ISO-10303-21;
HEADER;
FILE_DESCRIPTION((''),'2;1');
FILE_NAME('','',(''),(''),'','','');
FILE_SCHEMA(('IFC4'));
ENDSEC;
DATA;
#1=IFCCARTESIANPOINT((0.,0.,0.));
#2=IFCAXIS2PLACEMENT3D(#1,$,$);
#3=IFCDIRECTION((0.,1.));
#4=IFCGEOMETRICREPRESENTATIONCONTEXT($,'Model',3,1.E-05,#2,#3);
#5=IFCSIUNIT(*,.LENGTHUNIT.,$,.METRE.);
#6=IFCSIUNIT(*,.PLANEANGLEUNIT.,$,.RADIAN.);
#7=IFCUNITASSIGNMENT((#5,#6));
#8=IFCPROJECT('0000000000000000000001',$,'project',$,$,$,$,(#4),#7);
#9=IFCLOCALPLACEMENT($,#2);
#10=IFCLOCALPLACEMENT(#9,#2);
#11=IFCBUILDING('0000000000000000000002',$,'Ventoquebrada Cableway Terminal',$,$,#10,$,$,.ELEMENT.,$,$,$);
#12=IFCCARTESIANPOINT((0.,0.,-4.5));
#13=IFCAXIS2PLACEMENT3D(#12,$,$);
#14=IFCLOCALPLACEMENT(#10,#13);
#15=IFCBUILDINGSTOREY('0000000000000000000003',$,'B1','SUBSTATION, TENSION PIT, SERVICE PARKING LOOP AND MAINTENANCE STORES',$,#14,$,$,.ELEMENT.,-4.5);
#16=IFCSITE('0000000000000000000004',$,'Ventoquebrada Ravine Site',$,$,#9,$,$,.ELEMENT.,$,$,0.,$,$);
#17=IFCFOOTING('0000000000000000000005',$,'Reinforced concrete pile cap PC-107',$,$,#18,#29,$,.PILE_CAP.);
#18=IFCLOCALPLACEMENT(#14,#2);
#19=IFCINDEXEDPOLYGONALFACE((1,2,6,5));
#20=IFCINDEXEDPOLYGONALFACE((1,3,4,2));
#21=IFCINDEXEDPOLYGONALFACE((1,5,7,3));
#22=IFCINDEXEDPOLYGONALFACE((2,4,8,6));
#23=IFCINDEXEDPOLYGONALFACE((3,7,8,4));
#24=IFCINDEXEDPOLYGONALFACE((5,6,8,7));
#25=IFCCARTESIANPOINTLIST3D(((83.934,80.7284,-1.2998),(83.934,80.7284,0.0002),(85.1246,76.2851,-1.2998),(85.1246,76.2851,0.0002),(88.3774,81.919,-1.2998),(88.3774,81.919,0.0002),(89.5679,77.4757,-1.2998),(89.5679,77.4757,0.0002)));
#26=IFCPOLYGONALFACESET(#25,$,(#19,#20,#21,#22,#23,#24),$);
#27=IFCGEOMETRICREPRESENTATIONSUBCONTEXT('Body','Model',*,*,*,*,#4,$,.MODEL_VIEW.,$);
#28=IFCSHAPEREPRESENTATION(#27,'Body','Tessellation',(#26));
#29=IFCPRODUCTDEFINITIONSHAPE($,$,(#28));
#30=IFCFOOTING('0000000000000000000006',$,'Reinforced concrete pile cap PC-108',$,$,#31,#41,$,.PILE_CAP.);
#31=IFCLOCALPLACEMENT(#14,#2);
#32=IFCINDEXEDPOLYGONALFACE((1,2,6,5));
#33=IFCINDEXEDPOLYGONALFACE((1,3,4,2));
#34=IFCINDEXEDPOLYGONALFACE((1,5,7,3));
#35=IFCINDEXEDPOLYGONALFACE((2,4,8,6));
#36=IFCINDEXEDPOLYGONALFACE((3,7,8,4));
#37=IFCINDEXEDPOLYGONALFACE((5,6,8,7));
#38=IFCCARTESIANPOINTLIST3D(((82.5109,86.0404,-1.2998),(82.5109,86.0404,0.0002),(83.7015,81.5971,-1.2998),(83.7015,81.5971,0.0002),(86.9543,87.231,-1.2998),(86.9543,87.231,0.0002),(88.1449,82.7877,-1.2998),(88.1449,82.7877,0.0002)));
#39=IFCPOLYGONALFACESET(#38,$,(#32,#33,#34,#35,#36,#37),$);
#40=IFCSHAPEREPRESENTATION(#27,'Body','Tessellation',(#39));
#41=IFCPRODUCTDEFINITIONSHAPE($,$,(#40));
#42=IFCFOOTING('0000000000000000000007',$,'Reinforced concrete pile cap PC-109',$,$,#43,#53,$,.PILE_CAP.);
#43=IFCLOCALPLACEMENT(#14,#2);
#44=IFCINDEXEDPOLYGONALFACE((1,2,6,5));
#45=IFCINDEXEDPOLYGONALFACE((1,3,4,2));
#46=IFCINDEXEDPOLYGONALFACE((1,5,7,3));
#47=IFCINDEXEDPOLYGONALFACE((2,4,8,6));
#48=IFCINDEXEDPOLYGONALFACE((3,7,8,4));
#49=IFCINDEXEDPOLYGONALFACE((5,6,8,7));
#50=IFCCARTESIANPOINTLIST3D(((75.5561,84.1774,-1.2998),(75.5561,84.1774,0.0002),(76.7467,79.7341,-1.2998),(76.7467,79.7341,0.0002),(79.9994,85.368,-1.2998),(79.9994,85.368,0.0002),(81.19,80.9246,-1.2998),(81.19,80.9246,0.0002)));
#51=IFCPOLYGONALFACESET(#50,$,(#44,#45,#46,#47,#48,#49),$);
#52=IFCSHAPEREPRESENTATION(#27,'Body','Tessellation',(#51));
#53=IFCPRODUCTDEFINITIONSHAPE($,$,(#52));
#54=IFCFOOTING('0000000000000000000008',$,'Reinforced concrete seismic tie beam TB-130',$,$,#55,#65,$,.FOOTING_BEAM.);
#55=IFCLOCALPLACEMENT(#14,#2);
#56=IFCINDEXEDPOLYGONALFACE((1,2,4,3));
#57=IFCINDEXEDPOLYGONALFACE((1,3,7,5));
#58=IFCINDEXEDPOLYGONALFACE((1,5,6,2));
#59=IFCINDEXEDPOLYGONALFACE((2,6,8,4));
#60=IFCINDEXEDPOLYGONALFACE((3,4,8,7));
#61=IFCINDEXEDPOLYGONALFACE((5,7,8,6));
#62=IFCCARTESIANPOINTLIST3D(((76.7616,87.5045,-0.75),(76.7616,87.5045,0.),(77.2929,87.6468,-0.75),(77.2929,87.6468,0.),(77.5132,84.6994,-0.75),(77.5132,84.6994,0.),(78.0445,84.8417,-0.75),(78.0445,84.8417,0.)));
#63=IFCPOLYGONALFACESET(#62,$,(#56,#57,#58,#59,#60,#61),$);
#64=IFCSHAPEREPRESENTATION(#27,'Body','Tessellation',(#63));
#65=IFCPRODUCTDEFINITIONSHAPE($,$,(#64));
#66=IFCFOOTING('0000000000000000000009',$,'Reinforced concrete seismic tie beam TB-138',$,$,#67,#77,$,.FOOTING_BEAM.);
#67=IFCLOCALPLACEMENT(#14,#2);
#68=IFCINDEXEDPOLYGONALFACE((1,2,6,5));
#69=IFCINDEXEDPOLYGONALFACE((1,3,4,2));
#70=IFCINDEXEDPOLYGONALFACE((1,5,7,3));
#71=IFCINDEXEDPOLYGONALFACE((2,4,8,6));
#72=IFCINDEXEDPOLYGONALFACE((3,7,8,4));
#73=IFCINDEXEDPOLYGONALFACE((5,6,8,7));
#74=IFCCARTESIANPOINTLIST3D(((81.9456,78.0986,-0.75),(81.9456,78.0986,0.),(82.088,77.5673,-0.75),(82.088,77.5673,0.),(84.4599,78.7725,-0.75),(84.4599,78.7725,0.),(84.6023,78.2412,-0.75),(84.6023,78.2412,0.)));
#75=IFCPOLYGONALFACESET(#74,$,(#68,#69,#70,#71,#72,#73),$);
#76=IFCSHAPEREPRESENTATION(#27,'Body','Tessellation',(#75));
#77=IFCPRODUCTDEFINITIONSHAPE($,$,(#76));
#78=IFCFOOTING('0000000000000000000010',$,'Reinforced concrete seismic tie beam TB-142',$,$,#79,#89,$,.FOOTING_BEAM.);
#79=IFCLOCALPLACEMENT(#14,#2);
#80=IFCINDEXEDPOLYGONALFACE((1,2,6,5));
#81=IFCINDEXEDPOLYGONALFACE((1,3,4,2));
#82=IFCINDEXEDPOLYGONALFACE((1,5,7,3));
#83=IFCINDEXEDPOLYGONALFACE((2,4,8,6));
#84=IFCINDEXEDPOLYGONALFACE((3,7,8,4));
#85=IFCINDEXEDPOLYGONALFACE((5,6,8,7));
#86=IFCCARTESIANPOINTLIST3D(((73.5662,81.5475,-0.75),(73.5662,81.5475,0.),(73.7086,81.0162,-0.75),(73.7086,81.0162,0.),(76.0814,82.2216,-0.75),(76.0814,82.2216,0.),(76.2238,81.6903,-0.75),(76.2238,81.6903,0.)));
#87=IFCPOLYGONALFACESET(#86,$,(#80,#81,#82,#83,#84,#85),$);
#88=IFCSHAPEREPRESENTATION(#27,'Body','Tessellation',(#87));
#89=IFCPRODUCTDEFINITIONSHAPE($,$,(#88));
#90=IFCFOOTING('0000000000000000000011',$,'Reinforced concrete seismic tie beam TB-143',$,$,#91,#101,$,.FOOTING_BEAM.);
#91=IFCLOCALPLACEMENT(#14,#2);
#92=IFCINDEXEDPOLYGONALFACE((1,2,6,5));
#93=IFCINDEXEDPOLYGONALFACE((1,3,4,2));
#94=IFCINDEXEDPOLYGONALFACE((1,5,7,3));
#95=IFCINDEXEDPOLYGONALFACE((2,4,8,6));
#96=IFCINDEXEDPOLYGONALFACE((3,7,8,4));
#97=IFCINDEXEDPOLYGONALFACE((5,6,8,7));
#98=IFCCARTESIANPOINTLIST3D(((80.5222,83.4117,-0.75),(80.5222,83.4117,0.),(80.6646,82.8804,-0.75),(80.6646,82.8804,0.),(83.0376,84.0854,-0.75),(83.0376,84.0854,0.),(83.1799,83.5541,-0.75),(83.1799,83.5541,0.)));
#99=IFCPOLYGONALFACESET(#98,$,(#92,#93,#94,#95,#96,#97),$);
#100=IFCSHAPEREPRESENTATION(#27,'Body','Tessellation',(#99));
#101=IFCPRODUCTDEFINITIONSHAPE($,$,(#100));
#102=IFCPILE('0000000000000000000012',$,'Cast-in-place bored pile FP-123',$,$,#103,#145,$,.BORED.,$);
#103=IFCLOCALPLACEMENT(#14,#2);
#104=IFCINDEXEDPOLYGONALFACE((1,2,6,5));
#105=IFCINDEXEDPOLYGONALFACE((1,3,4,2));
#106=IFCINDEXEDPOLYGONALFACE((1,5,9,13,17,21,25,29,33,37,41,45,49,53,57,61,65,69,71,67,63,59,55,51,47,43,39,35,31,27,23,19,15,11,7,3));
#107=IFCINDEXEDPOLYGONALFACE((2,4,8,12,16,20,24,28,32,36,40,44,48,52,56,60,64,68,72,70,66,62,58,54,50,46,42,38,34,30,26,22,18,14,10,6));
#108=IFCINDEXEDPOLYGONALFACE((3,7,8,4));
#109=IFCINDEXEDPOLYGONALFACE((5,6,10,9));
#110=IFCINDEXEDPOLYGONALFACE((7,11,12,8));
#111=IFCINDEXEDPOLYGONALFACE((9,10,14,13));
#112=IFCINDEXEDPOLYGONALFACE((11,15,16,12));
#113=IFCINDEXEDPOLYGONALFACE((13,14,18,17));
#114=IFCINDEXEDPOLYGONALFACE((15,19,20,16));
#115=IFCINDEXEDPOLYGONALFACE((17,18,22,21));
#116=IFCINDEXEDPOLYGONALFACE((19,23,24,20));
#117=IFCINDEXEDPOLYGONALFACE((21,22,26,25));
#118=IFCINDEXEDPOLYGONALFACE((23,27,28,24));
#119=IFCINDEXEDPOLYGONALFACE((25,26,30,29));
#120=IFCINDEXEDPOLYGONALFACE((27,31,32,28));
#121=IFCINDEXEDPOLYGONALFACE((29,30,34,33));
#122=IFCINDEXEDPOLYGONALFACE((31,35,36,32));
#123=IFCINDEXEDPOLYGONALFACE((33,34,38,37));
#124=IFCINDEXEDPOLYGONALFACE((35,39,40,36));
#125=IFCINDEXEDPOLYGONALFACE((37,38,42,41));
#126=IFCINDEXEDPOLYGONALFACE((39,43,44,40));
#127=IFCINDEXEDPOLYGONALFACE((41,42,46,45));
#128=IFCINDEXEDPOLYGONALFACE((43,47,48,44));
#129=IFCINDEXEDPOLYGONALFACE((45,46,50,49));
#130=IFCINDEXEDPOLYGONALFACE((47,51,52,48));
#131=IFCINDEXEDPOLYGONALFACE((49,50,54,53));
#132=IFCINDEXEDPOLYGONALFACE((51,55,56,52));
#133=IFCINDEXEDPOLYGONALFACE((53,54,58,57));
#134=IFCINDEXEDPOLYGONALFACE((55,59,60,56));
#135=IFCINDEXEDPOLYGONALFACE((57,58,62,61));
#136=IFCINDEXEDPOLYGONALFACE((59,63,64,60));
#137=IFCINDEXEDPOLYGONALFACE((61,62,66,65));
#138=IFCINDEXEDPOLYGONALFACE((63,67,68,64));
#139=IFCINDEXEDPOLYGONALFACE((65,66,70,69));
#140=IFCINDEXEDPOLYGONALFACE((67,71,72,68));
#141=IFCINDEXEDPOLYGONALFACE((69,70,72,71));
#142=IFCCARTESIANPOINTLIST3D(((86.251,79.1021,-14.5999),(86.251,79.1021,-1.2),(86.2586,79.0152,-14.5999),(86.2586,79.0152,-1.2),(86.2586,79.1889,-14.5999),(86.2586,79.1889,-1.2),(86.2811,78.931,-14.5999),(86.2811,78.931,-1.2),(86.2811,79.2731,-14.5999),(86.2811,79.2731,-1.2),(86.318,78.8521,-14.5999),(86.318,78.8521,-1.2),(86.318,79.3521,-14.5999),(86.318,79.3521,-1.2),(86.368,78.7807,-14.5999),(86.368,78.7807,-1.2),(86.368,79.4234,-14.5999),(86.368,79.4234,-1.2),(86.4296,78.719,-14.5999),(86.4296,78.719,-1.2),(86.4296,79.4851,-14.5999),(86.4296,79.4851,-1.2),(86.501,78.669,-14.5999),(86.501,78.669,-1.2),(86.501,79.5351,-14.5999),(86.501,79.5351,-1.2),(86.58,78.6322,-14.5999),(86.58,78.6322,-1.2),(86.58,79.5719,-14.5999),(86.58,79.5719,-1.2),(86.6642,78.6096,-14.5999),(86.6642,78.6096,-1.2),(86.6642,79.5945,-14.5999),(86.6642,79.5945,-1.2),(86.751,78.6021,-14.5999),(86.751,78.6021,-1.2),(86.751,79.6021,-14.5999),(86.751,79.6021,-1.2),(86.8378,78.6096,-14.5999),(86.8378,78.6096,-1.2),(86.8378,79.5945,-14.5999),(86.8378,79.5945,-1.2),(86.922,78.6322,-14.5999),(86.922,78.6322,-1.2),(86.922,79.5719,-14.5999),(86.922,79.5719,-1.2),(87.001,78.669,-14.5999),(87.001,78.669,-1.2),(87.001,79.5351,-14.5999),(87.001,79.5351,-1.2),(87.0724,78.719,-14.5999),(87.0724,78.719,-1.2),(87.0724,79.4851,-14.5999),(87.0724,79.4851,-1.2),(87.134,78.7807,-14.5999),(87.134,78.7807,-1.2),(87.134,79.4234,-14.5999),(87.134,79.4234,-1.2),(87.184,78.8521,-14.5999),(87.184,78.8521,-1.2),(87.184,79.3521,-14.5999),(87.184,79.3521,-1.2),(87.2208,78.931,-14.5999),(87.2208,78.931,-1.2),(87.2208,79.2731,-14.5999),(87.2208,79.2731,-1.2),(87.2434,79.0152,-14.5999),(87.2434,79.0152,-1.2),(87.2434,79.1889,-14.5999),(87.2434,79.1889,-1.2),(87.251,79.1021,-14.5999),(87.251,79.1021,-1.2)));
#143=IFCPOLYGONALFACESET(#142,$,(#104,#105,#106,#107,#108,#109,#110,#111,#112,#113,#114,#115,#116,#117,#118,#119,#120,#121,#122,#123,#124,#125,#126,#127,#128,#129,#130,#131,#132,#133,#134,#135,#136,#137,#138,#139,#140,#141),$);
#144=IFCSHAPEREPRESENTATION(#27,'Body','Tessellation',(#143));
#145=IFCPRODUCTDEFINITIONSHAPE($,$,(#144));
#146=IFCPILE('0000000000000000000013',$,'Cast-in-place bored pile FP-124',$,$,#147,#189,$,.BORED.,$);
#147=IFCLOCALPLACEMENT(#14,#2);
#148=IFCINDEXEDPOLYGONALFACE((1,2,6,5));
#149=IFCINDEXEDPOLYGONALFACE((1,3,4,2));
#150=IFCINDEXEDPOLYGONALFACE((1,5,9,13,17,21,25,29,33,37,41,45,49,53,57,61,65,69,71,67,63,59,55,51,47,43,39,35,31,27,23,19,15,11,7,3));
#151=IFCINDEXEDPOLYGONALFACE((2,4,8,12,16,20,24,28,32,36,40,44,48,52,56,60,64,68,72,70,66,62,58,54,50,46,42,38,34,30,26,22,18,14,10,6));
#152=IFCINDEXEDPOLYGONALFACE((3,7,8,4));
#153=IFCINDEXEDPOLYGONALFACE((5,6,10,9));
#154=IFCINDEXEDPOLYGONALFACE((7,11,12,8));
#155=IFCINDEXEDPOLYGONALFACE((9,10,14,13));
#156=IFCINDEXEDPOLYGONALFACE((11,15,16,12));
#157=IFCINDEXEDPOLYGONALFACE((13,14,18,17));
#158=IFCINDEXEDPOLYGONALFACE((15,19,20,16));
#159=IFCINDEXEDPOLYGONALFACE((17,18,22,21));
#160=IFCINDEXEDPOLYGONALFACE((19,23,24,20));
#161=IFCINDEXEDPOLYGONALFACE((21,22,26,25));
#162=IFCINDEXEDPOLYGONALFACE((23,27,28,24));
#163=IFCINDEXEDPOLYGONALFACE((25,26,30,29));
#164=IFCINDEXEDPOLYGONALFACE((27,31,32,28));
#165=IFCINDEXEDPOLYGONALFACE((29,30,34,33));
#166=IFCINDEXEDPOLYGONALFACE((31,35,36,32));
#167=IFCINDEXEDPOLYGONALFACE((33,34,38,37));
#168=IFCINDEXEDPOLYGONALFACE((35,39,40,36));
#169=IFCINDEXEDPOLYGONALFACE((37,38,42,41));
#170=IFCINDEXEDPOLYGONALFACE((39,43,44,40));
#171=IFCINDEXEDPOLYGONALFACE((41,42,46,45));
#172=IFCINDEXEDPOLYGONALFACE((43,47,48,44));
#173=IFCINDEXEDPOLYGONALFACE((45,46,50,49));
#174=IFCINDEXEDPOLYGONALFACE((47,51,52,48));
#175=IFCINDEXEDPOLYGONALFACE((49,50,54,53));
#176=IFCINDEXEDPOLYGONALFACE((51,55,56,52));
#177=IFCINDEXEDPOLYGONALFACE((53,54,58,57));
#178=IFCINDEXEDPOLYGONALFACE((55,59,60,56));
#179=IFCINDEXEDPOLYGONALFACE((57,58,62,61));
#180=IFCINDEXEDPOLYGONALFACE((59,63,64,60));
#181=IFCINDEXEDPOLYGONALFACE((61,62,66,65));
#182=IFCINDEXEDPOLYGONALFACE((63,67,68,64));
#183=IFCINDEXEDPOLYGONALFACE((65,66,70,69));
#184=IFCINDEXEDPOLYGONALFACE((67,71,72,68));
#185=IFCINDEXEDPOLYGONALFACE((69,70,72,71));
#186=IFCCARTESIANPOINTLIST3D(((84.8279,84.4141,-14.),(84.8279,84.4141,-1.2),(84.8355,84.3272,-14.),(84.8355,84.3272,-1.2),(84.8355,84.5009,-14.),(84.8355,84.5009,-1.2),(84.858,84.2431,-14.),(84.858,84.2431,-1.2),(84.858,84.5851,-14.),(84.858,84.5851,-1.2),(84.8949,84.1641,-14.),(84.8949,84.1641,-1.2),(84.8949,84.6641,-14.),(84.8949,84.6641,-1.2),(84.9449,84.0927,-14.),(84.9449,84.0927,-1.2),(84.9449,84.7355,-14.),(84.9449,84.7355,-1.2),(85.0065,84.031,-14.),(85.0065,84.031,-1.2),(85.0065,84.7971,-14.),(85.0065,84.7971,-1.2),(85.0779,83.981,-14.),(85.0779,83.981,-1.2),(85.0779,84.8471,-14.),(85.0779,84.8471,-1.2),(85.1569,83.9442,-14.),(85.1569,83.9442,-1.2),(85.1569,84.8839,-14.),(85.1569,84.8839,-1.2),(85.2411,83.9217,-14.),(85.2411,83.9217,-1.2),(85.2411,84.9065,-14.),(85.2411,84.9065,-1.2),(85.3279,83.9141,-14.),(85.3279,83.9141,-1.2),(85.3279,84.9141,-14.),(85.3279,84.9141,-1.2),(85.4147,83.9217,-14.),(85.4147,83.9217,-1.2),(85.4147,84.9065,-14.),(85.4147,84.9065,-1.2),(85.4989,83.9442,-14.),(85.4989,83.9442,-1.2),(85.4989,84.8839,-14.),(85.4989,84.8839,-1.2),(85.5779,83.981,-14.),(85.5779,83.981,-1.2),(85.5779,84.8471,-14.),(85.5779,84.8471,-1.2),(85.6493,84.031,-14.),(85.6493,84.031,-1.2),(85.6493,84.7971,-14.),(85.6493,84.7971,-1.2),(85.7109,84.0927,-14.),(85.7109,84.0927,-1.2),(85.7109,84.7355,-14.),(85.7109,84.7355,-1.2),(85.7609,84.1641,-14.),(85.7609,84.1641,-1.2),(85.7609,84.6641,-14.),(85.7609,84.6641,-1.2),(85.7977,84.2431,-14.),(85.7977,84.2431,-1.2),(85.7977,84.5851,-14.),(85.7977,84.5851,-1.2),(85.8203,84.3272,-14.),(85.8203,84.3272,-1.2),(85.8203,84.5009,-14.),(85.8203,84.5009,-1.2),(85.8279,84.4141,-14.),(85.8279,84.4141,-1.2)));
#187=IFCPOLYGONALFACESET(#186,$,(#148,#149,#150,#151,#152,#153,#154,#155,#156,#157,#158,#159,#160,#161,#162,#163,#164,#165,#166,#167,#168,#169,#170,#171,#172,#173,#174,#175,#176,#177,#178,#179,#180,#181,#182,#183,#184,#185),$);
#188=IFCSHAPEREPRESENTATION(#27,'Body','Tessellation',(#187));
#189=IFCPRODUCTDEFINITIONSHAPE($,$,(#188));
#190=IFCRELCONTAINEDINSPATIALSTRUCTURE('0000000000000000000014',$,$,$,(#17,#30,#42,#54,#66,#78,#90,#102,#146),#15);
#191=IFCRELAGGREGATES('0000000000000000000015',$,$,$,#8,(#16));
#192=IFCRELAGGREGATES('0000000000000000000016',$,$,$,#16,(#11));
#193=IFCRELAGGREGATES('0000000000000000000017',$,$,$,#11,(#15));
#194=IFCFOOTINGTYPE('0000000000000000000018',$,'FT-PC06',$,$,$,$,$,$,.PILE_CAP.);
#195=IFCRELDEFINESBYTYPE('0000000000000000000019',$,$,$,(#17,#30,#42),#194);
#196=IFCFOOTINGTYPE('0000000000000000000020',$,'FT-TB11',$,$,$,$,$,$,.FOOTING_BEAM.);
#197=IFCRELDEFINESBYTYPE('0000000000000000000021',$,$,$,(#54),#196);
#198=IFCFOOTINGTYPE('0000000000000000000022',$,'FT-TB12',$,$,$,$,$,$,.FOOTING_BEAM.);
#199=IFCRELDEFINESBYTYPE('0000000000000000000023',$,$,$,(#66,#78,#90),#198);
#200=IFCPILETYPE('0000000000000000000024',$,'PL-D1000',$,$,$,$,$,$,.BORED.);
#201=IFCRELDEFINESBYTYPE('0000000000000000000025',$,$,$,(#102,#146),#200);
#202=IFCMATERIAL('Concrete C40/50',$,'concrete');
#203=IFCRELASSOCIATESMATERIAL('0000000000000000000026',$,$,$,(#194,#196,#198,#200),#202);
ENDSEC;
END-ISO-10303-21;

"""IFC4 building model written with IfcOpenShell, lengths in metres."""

from ifc_helpers import new_model, si_unit, direction, frame, origin, origin_2d, place, context, subcontext, project, spatial, rectangle, circle, extrude, material, material_profile, profile_set, type_object, element, save


model = new_model("IFC4")

# Units and contexts
model_context = context("Model", 3, precision=1e-05, world=origin(), true_north=direction((0.0, 1.0)))
body_context = subcontext(model_context, "Body", "Model", "MODEL_VIEW")
ifc_project = project(units=[si_unit("LENGTHUNIT", "METRE"), si_unit("PLANEANGLEUNIT", "RADIAN")], contexts=[model_context])

# Site, building, storey
site_placement = place(None, origin())
site = spatial("IfcSite", under=ifc_project, at=site_placement, Name="Ventoquebrada Ravine Site", CompositionType="ELEMENT", RefElevation=0.0)
building_placement = place(site_placement, origin())
building = spatial("IfcBuilding", under=site, at=building_placement, Name="Ventoquebrada Cableway Terminal", CompositionType="ELEMENT")
storey_placement = place(building_placement, frame((0.0, 0.0, -4.5)))
storey = spatial("IfcBuildingStorey", under=building, at=storey_placement, Name="B1", Description="SUBSTATION, TENSION PIT, SERVICE PARKING LOOP AND MAINTENANCE STORES", CompositionType="ELEMENT", Elevation=-4.5)

# Footings
ifc_material = material(Name="Concrete C40/50", Category="concrete")
footing_type_1 = type_object("IfcFootingType", Name="FT-PC06", PredefinedType="PILE_CAP", material=ifc_material)
for number, where, z_axis, x_axis, name in (
    (1, (86.751, 79.1021, -1.2998), (0.0, 0.0, 1.0), (0.965926, 0.258819, 0.0), "Reinforced concrete pile cap PC-107"),
    (2, (85.3279, 84.4141, -1.2998), (0.0, 0.0, 1.0), (0.965926, 0.258819, 0.0), "Reinforced concrete pile cap PC-108"),
    (3, (78.373, 82.551, -1.2998), (0.0, 0.0, 1.0), (0.965926, 0.258819, 0.0), "Reinforced concrete pile cap PC-109"),
):
    element("IfcFooting", number, at=place(storey_placement, frame(where, z_axis=z_axis, x_axis=x_axis)), inside=storey, type_object=footing_type_1, Name=name, PredefinedType="PILE_CAP", context=body_context, shape_type="SweptSolid", body=[
        extrude(rectangle(XDim=4.6001, YDim=4.6001, at=origin_2d()), origin(), (0.0, 0.0, 1.0), 1.3),
    ])
footing_type_2 = type_object("IfcFootingType", Name="FT-TB11", PredefinedType="FOOTING_BEAM", material=ifc_material)
footing_1_placement = place(storey_placement, frame((77.4031, 86.1731, -0.75), z_axis=(0.0, 0.0, 1.0), x_axis=(-0.258819, 0.965926, 0.0)))
element("IfcFooting", 4, at=footing_1_placement, inside=storey, type_object=footing_type_2, Name="Reinforced concrete seismic tie beam TB-130", PredefinedType="FOOTING_BEAM", context=body_context, shape_type="SweptSolid", body=[
    extrude(rectangle(XDim=2.9041, YDim=0.55, at=origin_2d()), origin(), (0.0, 0.0, 1.0), 0.75),
])
footing_type_3 = type_object("IfcFootingType", Name="FT-TB12", PredefinedType="FOOTING_BEAM", material=ifc_material)
footing_2_placement = place(storey_placement, frame((83.2739, 78.1699, -0.75), z_axis=(0.0, 0.0, 1.0), x_axis=(0.965903, 0.258903, 0.0)))
element("IfcFooting", 5, at=footing_2_placement, inside=storey, type_object=footing_type_3, Name="Reinforced concrete seismic tie beam TB-138", PredefinedType="FOOTING_BEAM", context=body_context, shape_type="SweptSolid", body=[
    extrude(rectangle(XDim=2.603, YDim=0.55, at=origin_2d()), origin(), (0.0, 0.0, 1.0), 0.75),
])
for number, where, z_axis, x_axis, name in (
    (6, (74.895, 81.6189, -0.75), (0.0, 0.0, 1.0), (0.965912, 0.25887, 0.0), "Reinforced concrete seismic tie beam TB-142"),
    (7, (81.8511, 83.4829, -0.75), (0.0, 0.0, 1.0), (0.965948, 0.258735, 0.0), "Reinforced concrete seismic tie beam TB-143"),
):
    element("IfcFooting", number, at=place(storey_placement, frame(where, z_axis=z_axis, x_axis=x_axis)), inside=storey, type_object=footing_type_3, Name=name, PredefinedType="FOOTING_BEAM", context=body_context, shape_type="SweptSolid", body=[
        extrude(rectangle(XDim=2.604, YDim=0.55, at=origin_2d()), origin(), (0.0, 0.0, 1.0), 0.75),
    ])

# Piles
ifc_material_profile_1 = material_profile(ifc_material, circle(Radius=0.5, at=origin_2d()), Name="PILE-D1000")
ifc_profile_set_1 = profile_set([ifc_material_profile_1], Name="Concrete C40/50")
pile_type = type_object("IfcPileType", Name="PL-D1000", PredefinedType="BORED", material=ifc_profile_set_1)
pile_1_placement = place(storey_placement, frame((86.751, 79.1021, -1.2), z_axis=(0.0, 0.0, -1.0), x_axis=(1.0, 0.0, 0.0)))
element("IfcPile", 8, at=pile_1_placement, inside=storey, type_object=pile_type, Name="Cast-in-place bored pile FP-123", PredefinedType="BORED", context=body_context, shape_type="SweptSolid", body=[
    extrude(circle(Radius=0.5, at=origin_2d()), origin(), (0.0, 0.0, 1.0), 13.3999),
])
pile_2_placement = place(storey_placement, frame((85.3279, 84.4141, -1.2), z_axis=(0.0, 0.0, -1.0), x_axis=(1.0, 0.0, 0.0)))
element("IfcPile", 9, at=pile_2_placement, inside=storey, type_object=pile_type, Name="Cast-in-place bored pile FP-124", PredefinedType="BORED", context=body_context, shape_type="SweptSolid", body=[
    extrude(circle(Radius=0.5, at=origin_2d()), origin(), (0.0, 0.0, 1.0), 12.8),
])

save(model, "model.ifc")
